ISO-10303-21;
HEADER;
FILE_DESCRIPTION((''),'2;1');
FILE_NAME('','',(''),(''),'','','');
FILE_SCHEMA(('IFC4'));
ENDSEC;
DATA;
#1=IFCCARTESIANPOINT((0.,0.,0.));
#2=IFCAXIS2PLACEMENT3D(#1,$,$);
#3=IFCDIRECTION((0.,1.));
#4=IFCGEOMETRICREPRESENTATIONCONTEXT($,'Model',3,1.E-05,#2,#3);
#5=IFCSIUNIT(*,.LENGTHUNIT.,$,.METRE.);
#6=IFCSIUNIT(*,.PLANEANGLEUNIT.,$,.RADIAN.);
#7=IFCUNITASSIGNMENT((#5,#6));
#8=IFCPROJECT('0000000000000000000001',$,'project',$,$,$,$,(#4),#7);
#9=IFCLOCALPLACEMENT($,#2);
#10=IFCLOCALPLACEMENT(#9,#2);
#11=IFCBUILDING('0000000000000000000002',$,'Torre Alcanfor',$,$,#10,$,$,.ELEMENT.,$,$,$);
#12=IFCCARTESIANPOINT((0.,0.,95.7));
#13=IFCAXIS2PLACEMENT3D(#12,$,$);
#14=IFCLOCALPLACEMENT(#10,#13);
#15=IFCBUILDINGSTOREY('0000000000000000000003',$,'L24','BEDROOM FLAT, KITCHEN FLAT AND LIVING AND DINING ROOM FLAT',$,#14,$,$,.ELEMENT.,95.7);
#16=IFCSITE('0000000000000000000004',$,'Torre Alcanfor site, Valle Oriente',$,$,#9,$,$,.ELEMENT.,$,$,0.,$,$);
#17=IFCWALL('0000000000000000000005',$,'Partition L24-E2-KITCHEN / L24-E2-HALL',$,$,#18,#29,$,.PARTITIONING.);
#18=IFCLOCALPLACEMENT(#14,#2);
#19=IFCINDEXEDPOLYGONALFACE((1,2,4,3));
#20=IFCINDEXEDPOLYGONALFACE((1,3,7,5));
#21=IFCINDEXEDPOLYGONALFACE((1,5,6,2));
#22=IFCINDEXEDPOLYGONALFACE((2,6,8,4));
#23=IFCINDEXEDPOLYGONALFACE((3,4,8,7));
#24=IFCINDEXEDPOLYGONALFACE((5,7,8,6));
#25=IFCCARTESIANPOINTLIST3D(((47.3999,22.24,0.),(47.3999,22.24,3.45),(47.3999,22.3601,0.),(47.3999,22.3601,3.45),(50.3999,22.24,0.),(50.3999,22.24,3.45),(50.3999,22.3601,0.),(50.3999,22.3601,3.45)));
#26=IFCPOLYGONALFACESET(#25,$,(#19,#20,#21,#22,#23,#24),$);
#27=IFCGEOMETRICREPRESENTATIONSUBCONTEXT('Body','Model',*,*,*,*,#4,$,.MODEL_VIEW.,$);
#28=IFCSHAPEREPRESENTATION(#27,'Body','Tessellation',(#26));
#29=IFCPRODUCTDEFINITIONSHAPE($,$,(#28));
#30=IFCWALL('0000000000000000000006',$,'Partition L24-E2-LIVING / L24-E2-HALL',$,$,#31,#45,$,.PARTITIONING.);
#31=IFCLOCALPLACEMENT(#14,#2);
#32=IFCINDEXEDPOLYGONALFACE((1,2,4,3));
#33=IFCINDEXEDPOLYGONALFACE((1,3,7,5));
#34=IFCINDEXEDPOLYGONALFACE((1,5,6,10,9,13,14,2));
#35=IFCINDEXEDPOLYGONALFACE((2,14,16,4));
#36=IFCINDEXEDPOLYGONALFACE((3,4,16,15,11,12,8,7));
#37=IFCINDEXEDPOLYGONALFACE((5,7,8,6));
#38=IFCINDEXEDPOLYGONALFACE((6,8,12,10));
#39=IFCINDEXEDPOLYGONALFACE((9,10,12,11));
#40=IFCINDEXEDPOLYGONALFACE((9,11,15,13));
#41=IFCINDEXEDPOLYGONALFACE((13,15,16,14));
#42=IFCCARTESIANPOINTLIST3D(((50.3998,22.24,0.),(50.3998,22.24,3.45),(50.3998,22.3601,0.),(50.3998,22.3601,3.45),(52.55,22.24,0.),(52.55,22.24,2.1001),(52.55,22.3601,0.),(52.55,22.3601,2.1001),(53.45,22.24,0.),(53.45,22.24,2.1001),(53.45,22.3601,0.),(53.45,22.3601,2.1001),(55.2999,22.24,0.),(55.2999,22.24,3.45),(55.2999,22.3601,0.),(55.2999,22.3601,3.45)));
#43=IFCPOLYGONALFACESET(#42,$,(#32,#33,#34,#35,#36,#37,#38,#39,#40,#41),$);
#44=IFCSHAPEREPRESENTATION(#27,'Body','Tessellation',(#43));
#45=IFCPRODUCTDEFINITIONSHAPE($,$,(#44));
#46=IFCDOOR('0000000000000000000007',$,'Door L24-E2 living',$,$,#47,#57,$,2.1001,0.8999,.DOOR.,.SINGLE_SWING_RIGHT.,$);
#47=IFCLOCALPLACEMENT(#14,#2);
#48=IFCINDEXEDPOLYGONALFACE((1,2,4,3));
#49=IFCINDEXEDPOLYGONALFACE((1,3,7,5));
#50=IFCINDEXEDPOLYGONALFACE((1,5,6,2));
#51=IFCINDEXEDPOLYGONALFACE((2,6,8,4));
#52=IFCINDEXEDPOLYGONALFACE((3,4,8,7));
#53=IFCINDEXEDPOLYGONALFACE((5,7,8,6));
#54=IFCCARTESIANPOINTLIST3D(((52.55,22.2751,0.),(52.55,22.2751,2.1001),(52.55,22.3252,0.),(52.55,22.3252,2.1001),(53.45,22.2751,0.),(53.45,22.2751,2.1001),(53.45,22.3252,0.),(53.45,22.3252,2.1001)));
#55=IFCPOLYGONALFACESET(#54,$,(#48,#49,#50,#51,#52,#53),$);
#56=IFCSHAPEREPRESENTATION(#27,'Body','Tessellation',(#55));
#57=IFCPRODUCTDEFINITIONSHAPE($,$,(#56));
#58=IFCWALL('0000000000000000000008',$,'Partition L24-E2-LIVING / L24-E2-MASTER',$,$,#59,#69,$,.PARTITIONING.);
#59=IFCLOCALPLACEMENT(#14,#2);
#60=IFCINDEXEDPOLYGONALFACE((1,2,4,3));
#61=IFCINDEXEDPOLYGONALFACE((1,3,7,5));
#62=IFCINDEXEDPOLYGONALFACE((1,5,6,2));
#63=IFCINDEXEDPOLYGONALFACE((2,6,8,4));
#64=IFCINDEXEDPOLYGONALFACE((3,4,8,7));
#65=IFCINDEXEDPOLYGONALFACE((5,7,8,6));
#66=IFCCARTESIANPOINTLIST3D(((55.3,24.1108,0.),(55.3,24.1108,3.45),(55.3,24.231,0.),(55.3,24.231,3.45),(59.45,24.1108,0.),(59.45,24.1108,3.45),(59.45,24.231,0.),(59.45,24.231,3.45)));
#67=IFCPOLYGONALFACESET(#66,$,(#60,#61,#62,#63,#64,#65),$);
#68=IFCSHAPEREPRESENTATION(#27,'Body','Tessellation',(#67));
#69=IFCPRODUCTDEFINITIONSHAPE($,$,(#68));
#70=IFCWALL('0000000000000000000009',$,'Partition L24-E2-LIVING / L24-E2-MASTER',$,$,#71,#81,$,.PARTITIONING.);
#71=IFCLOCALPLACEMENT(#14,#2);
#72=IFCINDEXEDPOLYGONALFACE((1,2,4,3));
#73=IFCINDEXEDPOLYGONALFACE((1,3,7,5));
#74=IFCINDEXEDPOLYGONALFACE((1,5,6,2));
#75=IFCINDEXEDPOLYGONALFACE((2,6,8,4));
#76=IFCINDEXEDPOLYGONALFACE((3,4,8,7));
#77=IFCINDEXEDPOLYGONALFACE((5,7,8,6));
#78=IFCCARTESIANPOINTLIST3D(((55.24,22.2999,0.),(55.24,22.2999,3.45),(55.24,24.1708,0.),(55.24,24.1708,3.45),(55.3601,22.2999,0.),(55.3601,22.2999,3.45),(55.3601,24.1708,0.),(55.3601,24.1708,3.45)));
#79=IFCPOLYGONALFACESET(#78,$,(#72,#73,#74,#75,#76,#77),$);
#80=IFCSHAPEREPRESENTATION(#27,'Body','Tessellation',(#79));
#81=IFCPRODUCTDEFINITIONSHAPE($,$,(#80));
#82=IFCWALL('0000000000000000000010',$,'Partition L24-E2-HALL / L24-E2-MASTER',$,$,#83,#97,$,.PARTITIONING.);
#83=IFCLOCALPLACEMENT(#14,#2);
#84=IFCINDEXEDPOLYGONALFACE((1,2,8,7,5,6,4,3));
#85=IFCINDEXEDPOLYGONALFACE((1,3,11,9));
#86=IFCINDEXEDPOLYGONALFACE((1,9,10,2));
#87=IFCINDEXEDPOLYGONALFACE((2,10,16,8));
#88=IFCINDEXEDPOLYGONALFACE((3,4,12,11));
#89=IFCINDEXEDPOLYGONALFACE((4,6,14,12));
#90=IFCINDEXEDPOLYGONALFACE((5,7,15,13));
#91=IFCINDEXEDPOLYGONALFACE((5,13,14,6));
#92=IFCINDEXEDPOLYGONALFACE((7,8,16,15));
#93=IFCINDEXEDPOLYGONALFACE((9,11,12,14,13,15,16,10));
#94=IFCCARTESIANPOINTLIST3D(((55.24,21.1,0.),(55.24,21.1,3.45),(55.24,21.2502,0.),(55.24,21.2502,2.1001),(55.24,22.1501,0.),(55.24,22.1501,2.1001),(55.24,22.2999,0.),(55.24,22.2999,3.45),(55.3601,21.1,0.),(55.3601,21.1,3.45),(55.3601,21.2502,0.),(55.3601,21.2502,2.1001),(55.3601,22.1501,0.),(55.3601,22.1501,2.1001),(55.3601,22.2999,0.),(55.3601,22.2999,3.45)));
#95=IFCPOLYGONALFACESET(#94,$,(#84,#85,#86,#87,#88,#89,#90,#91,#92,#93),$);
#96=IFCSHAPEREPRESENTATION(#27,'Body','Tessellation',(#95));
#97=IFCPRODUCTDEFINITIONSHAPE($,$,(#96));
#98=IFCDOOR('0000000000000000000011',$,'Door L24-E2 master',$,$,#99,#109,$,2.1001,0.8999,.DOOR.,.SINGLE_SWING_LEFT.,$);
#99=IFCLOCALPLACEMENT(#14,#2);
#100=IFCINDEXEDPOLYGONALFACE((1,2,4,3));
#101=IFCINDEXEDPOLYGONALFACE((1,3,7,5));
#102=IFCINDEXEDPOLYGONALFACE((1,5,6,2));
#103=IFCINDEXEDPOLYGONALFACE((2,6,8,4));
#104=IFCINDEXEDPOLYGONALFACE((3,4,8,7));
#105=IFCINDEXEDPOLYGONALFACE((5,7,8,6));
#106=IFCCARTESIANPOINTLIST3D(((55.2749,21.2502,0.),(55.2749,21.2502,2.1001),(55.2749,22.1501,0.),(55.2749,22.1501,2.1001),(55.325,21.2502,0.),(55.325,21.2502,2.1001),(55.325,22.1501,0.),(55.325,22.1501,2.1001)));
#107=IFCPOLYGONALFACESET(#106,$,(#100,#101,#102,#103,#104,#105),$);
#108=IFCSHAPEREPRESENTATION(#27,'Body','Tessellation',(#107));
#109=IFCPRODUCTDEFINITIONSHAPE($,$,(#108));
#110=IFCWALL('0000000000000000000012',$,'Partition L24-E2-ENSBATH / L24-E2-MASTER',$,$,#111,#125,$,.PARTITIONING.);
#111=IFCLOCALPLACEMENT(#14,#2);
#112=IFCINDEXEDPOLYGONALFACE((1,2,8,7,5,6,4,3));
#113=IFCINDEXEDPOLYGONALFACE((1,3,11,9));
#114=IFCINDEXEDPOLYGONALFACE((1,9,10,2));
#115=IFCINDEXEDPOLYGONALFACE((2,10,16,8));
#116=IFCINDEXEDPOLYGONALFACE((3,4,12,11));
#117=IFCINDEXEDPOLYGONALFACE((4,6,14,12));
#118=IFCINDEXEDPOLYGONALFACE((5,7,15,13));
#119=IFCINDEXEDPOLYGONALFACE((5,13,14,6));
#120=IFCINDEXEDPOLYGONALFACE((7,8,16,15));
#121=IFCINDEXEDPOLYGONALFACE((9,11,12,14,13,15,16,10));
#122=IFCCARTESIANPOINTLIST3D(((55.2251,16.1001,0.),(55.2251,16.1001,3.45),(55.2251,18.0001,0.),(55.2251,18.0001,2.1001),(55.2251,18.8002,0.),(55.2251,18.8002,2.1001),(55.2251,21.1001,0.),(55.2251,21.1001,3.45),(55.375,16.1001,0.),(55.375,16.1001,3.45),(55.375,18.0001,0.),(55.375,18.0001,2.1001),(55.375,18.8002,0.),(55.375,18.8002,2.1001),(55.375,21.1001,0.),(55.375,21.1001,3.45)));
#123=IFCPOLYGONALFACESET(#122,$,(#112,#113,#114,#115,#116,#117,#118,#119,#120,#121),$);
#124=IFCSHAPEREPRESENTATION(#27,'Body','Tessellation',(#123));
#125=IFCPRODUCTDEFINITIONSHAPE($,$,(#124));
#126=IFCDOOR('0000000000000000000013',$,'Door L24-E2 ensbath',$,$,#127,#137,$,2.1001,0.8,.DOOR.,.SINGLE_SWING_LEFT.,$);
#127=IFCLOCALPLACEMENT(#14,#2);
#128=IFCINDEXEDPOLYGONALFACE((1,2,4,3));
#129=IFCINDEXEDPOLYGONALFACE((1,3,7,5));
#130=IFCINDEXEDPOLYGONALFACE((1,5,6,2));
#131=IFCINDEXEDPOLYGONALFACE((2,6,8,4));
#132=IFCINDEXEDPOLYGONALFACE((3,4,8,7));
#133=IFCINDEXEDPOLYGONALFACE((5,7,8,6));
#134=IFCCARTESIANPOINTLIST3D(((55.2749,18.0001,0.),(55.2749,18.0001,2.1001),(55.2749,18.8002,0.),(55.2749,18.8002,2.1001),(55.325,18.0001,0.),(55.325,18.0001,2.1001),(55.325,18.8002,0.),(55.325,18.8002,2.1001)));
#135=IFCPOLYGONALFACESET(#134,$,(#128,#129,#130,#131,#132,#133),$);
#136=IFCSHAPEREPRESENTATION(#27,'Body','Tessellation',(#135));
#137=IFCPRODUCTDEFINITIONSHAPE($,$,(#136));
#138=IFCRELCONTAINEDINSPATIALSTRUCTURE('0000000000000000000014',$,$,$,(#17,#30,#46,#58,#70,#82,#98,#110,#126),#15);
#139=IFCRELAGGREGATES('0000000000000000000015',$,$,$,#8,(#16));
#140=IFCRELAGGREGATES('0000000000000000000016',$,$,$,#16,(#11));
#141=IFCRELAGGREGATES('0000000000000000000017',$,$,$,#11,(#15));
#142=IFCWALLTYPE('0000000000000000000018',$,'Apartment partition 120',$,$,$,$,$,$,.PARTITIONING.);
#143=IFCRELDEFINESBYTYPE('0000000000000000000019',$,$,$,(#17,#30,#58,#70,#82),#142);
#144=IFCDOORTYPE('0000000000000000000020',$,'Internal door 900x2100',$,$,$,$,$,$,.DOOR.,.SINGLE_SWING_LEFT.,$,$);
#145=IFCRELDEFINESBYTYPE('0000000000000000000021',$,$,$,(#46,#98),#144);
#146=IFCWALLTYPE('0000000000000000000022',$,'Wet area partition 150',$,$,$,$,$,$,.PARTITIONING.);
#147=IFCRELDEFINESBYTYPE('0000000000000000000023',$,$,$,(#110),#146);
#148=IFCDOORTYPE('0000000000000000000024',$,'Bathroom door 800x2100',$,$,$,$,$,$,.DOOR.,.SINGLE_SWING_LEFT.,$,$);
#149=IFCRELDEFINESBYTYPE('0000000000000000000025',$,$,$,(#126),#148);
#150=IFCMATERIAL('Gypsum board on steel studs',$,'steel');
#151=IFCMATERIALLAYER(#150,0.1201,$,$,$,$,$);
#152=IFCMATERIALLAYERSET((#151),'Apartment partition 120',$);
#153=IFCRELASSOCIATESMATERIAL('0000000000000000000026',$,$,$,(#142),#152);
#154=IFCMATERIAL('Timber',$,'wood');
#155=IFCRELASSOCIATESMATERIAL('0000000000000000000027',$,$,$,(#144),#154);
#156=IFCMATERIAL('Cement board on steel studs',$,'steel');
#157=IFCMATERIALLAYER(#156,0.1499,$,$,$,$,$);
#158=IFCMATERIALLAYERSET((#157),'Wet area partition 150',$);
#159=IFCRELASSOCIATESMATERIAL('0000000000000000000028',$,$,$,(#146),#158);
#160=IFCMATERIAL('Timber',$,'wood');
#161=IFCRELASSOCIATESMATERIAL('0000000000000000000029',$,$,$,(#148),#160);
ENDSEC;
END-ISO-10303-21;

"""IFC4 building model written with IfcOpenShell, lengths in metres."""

from ifc_helpers import new_model, si_unit, direction, frame, frame_2d, origin, place, context, subcontext, project, spatial, rectangle, extrude, material, layer, layer_set, type_object, element, fill, save


model = new_model("IFC4")

# Units and contexts
model_context = context("Model", 3, precision=1e-05, world=origin(), true_north=direction((0.0, 1.0)))
body_context = subcontext(model_context, "Body", "Model", "MODEL_VIEW")
ifc_project = project(units=[si_unit("LENGTHUNIT", "METRE"), si_unit("PLANEANGLEUNIT", "RADIAN")], contexts=[model_context])

# Site, building, storey
site_placement = place(None, origin())
site = spatial("IfcSite", under=ifc_project, at=site_placement, Name="Torre Alcanfor site, Valle Oriente", CompositionType="ELEMENT", RefElevation=0.0)
building_placement = place(site_placement, origin())
building = spatial("IfcBuilding", under=site, at=building_placement, Name="Torre Alcanfor", CompositionType="ELEMENT")
storey_placement = place(building_placement, frame((0.0, 0.0, 95.7)))
storey = spatial("IfcBuildingStorey", under=building, at=storey_placement, Name="L24", Description="BEDROOM FLAT, KITCHEN FLAT AND LIVING AND DINING ROOM FLAT", CompositionType="ELEMENT", Elevation=95.7)

# Wall
ifc_material_1 = material(Name="Gypsum board on steel studs", Category="steel")
ifc_layer_1 = layer(ifc_material_1, 0.1201)
ifc_layer_set_1 = layer_set([ifc_layer_1], Name="Apartment partition 120")
wall_type_1 = type_object("IfcWallType", Name="Apartment partition 120", PredefinedType="PARTITIONING", material=ifc_layer_set_1)
wall_1_placement = place(storey_placement, frame((50.3999, 22.3, 0.0), z_axis=(0.0, 0.0, 1.0), x_axis=(-1.0, 0.0, 0.0)))
element("IfcWall", 1, at=wall_1_placement, inside=storey, type_object=wall_type_1, Name="Partition L24-E2-KITCHEN / L24-E2-HALL", PredefinedType="PARTITIONING", context=body_context, shape_type="SweptSolid", body=[
    extrude(rectangle(XDim=3.0, YDim=0.1201, at=frame_2d((1.5, 0.0))), origin(), (0.0, 0.0, 1.0), 3.45),
])

# Wall, opening, door
wall_2_placement = place(storey_placement, frame((55.3, 22.3, 0.0), z_axis=(0.0, 0.0, 1.0), x_axis=(-1.0, 0.0, 0.0)))
wall_2 = element("IfcWall", 2, at=wall_2_placement, inside=storey, type_object=wall_type_1, Name="Partition L24-E2-LIVING / L24-E2-HALL", PredefinedType="PARTITIONING", context=body_context, shape_type="SweptSolid", body=[
    extrude(rectangle(XDim=4.9001, YDim=0.1201, at=frame_2d((2.4502, 0.0))), origin(), (0.0, 0.0, 1.0), 3.45),
])
opening_1_placement = place(wall_2_placement, frame((1.8501, 0.0, 0.0)))
opening_1 = element("IfcOpeningElement", 3, at=opening_1_placement, cuts=wall_2, PredefinedType="OPENING", context=body_context, shape_type="SweptSolid", body=[
    extrude(rectangle(XDim=0.8999, YDim=2.1001, at=frame_2d((0.45, 1.05))), frame((0.0, 0.0701, 0.0), z_axis=(0.0, -1.0, 0.0), x_axis=(1.0, 0.0, 0.0)), (0.0, 0.0, 1.0), 0.1401),
])
ifc_material_2 = material(Name="Timber", Category="wood")
door_type_1 = type_object("IfcDoorType", Name="Internal door 900x2100", OperationType="SINGLE_SWING_LEFT", PredefinedType="DOOR", material=ifc_material_2)
door_1_placement = place(opening_1_placement, frame((0.8999, 0.0, 0.0), z_axis=(0.0, 0.0, 1.0), x_axis=(-1.0, 0.0, 0.0)))
door_1 = element("IfcDoor", 4, at=door_1_placement, inside=storey, type_object=door_type_1, Name="Door L24-E2 living", OperationType="SINGLE_SWING_RIGHT", OverallHeight=2.1001, OverallWidth=0.8999, PredefinedType="DOOR", context=body_context, shape_type="SweptSolid", body=[
    extrude(rectangle(XDim=0.8999, YDim=2.1001, at=frame_2d((0.45, 1.05))), frame((0.0, 0.0251, 0.0), z_axis=(0.0, -1.0, 0.0), x_axis=(1.0, 0.0, 0.0)), (0.0, 0.0, 1.0), 0.05),
])
fill(opening_1, door_1)

# Walls
wall_3_placement = place(storey_placement, frame((59.45, 24.1709, 0.0), z_axis=(0.0, 0.0, 1.0), x_axis=(-1.0, 0.0, 0.0)))
element("IfcWall", 5, at=wall_3_placement, inside=storey, type_object=wall_type_1, Name="Partition L24-E2-LIVING / L24-E2-MASTER", PredefinedType="PARTITIONING", context=body_context, shape_type="SweptSolid", body=[
    extrude(rectangle(XDim=4.1499, YDim=0.1201, at=frame_2d((2.075, 0.0))), origin(), (0.0, 0.0, 1.0), 3.45),
])
wall_4_placement = place(storey_placement, frame((55.3, 24.1709, 0.0), z_axis=(0.0, 0.0, 1.0), x_axis=(0.0, -1.0, 0.0)))
element("IfcWall", 6, at=wall_4_placement, inside=storey, type_object=wall_type_1, Name="Partition L24-E2-LIVING / L24-E2-MASTER", PredefinedType="PARTITIONING", context=body_context, shape_type="SweptSolid", body=[
    extrude(rectangle(XDim=1.8708, YDim=0.1201, at=frame_2d((0.9355, 0.0))), origin(), (0.0, 0.0, 1.0), 3.45),
])

# Walls, openings, doors
wall_5_placement = place(storey_placement, frame((55.3, 22.3, 0.0), z_axis=(0.0, 0.0, 1.0), x_axis=(0.0, -1.0, 0.0)))
wall_5 = element("IfcWall", 7, at=wall_5_placement, inside=storey, type_object=wall_type_1, Name="Partition L24-E2-HALL / L24-E2-MASTER", PredefinedType="PARTITIONING", context=body_context, shape_type="SweptSolid", body=[
    extrude(rectangle(XDim=1.2, YDim=0.1201, at=frame_2d((0.6001, 0.0))), origin(), (0.0, 0.0, 1.0), 3.45),
])
opening_2_placement = place(wall_5_placement, frame((0.1499, 0.0, 0.0)))
opening_2 = element("IfcOpeningElement", 8, at=opening_2_placement, cuts=wall_5, PredefinedType="OPENING", context=body_context, shape_type="SweptSolid", body=[
    extrude(rectangle(XDim=0.8999, YDim=2.1001, at=frame_2d((0.45, 1.05))), frame((0.0, 0.0701, 0.0), z_axis=(0.0, -1.0, 0.0), x_axis=(1.0, 0.0, 0.0)), (0.0, 0.0, 1.0), 0.1401),
])
door_2_placement = place(opening_2_placement, origin())
door_2 = element("IfcDoor", 9, at=door_2_placement, inside=storey, type_object=door_type_1, Name="Door L24-E2 master", OperationType="SINGLE_SWING_LEFT", OverallHeight=2.1001, OverallWidth=0.8999, PredefinedType="DOOR", context=body_context, shape_type="SweptSolid", body=[
    extrude(rectangle(XDim=0.8999, YDim=2.1001, at=frame_2d((0.45, 1.05))), frame((0.0, 0.0249, 0.0), z_axis=(0.0, -1.0, 0.0), x_axis=(1.0, 0.0, 0.0)), (0.0, 0.0, 1.0), 0.05),
])
fill(opening_2, door_2)
ifc_material_3 = material(Name="Cement board on steel studs", Category="steel")
ifc_layer_2 = layer(ifc_material_3, 0.1499)
ifc_layer_set_2 = layer_set([ifc_layer_2], Name="Wet area partition 150")
wall_type_2 = type_object("IfcWallType", Name="Wet area partition 150", PredefinedType="PARTITIONING", material=ifc_layer_set_2)
wall_6_placement = place(storey_placement, frame((55.3, 21.1001, 0.0), z_axis=(0.0, 0.0, 1.0), x_axis=(0.0, -1.0, 0.0)))
wall_6 = element("IfcWall", 10, at=wall_6_placement, inside=storey, type_object=wall_type_2, Name="Partition L24-E2-ENSBATH / L24-E2-MASTER", PredefinedType="PARTITIONING", context=body_context, shape_type="SweptSolid", body=[
    extrude(rectangle(XDim=5.0, YDim=0.1499, at=frame_2d((2.5, 0.0))), origin(), (0.0, 0.0, 1.0), 3.45),
])
opening_3_placement = place(wall_6_placement, frame((2.3, 0.0, 0.0)))
opening_3 = element("IfcOpeningElement", 11, at=opening_3_placement, cuts=wall_6, PredefinedType="OPENING", context=body_context, shape_type="SweptSolid", body=[
    extrude(rectangle(XDim=0.8, YDim=2.1001, at=frame_2d((0.3999, 1.05))), frame((0.0, 0.085, 0.0), z_axis=(0.0, -1.0, 0.0), x_axis=(1.0, 0.0, 0.0)), (0.0, 0.0, 1.0), 0.1699),
])
ifc_material_4 = material(Name="Timber", Category="wood")
door_type_2 = type_object("IfcDoorType", Name="Bathroom door 800x2100", OperationType="SINGLE_SWING_LEFT", PredefinedType="DOOR", material=ifc_material_4)
door_3_placement = place(opening_3_placement, frame((0.8, 0.0, 0.0), z_axis=(0.0, 0.0, 1.0), x_axis=(-1.0, 0.0, 0.0)))
door_3 = element("IfcDoor", 12, at=door_3_placement, inside=storey, type_object=door_type_2, Name="Door L24-E2 ensbath", OperationType="SINGLE_SWING_LEFT", OverallHeight=2.1001, OverallWidth=0.8, PredefinedType="DOOR", context=body_context, shape_type="SweptSolid", body=[
    extrude(rectangle(XDim=0.8, YDim=2.1001, at=frame_2d((0.4001, 1.05))), frame((0.0, 0.0251, 0.0), z_axis=(0.0, -1.0, 0.0), x_axis=(1.0, 0.0, 0.0)), (0.0, 0.0, 1.0), 0.05),
])
fill(opening_3, door_3)

save(model, "model.ifc")
